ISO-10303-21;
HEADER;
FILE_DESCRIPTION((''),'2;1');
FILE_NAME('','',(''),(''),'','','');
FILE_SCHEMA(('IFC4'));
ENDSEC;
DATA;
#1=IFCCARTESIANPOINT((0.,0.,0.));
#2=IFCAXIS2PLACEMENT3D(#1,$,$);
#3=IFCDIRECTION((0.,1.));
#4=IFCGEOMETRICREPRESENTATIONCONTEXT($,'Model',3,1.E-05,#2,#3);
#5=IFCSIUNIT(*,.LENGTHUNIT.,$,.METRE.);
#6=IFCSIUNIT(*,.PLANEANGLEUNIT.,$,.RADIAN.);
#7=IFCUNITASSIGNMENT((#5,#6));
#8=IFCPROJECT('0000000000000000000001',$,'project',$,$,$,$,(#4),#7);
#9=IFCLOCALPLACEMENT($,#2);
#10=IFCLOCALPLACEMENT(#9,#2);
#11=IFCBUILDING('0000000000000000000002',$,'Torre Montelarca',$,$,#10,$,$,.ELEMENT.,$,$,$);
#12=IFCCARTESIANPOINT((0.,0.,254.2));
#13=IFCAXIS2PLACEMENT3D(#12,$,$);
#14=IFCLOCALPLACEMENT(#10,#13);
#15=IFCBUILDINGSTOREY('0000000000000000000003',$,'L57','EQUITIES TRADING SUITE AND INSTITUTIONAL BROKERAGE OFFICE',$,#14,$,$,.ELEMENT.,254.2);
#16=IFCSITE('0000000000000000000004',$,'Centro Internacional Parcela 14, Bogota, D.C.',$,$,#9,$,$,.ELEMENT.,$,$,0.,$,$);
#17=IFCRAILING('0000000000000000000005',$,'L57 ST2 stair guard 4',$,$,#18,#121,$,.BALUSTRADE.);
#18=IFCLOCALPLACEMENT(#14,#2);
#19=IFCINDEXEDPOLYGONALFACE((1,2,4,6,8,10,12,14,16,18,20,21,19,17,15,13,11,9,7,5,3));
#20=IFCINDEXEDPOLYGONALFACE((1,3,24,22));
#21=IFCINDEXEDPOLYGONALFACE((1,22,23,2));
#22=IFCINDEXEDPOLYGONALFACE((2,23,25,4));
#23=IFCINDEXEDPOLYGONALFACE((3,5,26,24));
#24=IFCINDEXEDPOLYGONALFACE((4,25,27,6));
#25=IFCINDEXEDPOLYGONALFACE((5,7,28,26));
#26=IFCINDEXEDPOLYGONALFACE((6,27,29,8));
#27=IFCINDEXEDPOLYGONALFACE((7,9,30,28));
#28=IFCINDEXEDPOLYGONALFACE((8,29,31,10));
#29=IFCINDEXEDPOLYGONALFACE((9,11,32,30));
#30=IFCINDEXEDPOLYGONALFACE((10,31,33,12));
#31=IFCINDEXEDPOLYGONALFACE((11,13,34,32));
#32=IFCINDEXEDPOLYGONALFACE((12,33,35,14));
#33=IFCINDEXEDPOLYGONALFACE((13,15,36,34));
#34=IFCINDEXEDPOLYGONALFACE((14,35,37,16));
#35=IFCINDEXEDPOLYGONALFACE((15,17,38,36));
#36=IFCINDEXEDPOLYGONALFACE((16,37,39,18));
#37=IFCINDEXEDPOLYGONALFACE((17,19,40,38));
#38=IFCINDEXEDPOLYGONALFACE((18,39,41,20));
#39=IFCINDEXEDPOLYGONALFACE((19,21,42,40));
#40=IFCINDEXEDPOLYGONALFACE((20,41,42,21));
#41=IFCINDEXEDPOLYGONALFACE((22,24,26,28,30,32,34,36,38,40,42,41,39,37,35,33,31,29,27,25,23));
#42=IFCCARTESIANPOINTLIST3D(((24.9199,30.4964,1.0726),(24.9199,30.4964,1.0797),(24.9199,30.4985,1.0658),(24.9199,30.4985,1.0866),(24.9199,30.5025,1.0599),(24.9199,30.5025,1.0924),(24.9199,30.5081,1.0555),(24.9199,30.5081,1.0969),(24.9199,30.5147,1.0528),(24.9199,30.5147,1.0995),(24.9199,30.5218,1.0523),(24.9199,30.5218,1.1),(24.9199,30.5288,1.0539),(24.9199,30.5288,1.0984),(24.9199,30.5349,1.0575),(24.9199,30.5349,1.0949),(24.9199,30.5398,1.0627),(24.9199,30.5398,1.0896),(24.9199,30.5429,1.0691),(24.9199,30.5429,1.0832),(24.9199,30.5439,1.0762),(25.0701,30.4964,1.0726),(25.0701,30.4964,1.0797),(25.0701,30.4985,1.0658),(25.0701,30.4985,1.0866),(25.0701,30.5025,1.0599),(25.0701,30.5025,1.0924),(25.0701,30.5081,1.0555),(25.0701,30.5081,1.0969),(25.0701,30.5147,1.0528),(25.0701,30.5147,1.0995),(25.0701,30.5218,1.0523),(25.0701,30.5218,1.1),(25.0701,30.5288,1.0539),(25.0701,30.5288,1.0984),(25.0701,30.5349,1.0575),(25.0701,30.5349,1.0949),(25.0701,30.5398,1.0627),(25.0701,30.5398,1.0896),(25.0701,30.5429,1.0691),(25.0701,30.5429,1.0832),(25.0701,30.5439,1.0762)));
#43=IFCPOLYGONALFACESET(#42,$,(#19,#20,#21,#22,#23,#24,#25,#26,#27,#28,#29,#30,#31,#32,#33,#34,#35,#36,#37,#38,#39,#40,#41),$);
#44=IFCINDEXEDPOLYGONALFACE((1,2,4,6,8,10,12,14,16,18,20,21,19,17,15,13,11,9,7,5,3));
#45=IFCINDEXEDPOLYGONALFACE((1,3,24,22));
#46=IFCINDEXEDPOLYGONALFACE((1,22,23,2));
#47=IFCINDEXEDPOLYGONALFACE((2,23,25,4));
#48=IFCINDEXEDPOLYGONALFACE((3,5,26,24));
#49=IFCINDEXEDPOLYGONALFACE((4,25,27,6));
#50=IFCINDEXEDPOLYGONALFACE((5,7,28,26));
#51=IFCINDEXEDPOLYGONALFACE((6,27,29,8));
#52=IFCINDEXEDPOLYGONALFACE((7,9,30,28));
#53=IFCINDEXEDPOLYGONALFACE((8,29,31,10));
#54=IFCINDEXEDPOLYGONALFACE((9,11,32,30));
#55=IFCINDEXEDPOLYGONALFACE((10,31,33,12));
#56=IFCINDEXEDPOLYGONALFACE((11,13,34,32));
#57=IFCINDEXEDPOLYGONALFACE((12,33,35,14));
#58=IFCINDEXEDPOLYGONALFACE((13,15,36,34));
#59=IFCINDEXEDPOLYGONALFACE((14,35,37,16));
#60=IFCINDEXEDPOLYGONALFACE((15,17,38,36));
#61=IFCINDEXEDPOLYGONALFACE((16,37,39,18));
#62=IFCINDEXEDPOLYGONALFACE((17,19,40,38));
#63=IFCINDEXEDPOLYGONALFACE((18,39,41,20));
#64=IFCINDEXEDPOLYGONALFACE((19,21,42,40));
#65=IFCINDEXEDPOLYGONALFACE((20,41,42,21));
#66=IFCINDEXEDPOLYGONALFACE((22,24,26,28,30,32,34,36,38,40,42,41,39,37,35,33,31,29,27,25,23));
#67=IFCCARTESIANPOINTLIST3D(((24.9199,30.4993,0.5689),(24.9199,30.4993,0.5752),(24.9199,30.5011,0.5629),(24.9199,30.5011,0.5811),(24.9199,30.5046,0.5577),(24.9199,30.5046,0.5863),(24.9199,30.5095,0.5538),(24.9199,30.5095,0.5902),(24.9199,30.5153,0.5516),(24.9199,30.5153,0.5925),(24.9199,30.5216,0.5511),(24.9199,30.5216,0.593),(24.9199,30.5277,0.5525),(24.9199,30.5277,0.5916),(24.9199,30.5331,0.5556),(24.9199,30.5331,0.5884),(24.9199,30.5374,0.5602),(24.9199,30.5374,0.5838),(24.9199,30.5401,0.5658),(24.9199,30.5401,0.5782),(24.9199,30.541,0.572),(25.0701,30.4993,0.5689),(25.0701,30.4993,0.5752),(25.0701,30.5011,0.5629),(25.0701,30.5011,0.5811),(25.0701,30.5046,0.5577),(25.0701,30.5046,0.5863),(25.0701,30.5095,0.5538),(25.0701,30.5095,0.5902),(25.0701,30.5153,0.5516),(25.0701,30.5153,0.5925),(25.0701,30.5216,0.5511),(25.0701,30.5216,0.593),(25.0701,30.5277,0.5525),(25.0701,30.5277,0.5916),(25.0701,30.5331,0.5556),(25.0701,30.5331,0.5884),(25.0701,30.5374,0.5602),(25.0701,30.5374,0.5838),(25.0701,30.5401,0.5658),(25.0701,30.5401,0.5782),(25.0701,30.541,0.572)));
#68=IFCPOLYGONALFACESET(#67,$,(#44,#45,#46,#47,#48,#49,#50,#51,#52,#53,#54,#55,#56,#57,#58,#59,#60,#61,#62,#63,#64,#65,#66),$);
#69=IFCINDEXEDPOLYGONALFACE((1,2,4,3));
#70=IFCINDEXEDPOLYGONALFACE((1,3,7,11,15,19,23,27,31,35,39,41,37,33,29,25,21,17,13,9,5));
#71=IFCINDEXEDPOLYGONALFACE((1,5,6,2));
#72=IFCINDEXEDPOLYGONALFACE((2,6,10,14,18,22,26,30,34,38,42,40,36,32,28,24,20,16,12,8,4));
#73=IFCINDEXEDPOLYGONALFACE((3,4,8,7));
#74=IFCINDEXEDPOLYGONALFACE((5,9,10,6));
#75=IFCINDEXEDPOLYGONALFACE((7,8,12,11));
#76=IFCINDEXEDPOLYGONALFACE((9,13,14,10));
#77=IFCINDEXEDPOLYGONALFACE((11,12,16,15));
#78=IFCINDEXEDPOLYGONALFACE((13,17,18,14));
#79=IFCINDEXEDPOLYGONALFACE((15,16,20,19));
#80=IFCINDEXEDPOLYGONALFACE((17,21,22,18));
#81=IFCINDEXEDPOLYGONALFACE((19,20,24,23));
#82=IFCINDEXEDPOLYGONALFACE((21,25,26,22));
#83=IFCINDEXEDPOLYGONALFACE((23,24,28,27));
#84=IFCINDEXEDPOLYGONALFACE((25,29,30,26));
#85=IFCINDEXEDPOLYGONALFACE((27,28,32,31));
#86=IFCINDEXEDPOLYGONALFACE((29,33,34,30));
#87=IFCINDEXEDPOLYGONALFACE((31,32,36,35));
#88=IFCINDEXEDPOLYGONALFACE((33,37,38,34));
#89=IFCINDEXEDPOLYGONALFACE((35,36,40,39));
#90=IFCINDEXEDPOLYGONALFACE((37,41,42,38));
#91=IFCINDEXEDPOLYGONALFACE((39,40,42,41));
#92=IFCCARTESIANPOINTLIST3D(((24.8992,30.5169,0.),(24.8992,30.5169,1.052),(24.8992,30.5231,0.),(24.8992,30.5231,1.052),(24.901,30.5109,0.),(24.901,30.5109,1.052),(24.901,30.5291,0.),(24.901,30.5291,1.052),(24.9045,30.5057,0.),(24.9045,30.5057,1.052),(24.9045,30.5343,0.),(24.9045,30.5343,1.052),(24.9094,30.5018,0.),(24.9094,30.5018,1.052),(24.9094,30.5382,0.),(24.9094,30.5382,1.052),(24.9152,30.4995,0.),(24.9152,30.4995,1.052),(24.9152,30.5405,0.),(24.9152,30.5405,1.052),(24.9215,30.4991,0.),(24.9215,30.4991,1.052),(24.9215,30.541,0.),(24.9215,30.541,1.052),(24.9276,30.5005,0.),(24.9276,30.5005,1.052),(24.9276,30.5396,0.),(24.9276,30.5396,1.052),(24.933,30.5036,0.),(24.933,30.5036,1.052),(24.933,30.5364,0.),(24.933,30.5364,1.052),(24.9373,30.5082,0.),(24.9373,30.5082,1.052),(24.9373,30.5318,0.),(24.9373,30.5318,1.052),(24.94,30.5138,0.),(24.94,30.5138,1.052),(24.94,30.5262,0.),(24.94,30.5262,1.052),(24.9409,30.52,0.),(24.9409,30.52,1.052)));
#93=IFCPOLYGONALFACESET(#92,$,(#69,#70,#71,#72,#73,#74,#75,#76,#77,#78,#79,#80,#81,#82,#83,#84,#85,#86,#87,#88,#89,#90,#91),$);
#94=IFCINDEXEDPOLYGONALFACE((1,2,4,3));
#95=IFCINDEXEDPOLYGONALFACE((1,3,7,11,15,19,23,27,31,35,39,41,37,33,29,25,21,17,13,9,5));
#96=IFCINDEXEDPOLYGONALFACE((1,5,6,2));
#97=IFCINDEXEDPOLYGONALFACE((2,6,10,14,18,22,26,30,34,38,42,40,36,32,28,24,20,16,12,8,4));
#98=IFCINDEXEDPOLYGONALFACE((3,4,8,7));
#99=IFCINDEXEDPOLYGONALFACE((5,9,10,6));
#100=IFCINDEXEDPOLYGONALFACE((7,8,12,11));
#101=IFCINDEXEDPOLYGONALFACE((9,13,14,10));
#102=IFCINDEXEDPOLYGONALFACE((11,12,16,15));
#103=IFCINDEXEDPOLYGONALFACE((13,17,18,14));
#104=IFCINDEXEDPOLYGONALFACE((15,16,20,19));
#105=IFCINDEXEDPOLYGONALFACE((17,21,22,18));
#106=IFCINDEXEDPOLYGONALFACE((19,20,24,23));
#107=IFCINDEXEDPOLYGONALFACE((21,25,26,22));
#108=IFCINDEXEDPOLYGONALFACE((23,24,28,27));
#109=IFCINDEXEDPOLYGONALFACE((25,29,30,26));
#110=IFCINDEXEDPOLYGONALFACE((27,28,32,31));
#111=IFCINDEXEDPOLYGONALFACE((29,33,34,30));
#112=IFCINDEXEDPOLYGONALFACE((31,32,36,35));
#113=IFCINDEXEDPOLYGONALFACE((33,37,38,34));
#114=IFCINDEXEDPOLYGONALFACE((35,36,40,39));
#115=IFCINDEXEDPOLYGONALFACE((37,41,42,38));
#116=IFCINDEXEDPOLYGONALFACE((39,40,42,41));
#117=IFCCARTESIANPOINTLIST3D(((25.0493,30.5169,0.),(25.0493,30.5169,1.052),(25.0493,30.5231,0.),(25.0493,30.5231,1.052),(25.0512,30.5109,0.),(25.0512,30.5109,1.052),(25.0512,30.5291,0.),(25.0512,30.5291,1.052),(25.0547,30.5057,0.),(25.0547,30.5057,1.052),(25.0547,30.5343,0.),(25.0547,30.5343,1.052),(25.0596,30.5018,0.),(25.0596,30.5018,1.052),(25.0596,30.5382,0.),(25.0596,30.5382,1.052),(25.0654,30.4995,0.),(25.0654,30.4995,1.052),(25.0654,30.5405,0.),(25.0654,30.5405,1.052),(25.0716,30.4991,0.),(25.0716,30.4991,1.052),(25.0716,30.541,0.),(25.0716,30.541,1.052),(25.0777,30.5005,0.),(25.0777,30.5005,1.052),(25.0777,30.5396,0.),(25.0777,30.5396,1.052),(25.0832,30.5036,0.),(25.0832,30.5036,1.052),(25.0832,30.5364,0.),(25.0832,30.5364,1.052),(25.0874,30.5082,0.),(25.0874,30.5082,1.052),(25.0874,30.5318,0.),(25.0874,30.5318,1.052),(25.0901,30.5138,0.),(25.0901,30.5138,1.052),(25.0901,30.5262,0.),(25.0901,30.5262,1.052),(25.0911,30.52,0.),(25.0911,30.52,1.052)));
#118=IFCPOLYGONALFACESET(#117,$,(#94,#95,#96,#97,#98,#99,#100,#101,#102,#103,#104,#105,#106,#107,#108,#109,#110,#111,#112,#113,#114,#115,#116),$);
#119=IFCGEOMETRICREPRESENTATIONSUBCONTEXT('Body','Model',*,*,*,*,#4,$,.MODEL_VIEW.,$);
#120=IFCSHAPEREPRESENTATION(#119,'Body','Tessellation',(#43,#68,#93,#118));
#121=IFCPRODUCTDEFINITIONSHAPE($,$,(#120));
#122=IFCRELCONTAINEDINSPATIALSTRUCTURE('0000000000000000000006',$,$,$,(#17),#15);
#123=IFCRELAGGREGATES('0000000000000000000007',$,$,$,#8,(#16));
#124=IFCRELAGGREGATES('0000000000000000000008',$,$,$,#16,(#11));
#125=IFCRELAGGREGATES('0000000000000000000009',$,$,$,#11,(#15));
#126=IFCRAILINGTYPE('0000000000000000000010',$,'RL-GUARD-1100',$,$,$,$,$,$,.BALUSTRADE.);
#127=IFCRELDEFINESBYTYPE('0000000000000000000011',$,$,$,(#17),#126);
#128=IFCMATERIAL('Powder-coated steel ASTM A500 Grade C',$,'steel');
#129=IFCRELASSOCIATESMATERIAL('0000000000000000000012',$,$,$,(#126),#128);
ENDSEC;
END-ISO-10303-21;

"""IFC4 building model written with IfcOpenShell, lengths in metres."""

from ifc_helpers import new_model, si_unit, direction, frame, origin, origin_2d, place, context, subcontext, project, spatial, circle, extrude, material, type_object, element, save


model = new_model("IFC4")

# Units and contexts
model_context = context("Model", 3, precision=1e-05, world=origin(), true_north=direction((0.0, 1.0)))
body_context = subcontext(model_context, "Body", "Model", "MODEL_VIEW")
ifc_project = project(units=[si_unit("LENGTHUNIT", "METRE"), si_unit("PLANEANGLEUNIT", "RADIAN")], contexts=[model_context])

# Site, building, storey
site_placement = place(None, origin())
site = spatial("IfcSite", under=ifc_project, at=site_placement, Name="Centro Internacional Parcela 14, Bogota, D.C.", CompositionType="ELEMENT", RefElevation=0.0)
building_placement = place(site_placement, origin())
building = spatial("IfcBuilding", under=site, at=building_placement, Name="Torre Montelarca", CompositionType="ELEMENT")
storey_placement = place(building_placement, frame((0.0, 0.0, 254.2)))
storey = spatial("IfcBuildingStorey", under=building, at=storey_placement, Name="L57", Description="EQUITIES TRADING SUITE AND INSTITUTIONAL BROKERAGE OFFICE", CompositionType="ELEMENT", Elevation=254.2)

# Railing
ifc_material_1 = material(Name="Powder-coated steel ASTM A500 Grade C", Category="steel")
railing_type_1 = type_object("IfcRailingType", Name="RL-GUARD-1100", PredefinedType="BALUSTRADE", material=ifc_material_1)
railing_1_placement = place(storey_placement, frame((24.9199, 30.52, 0.0)))
element("IfcRailing", 1, at=railing_1_placement, inside=storey, type_object=railing_type_1, Name="L57 ST2 stair guard 4", PredefinedType="BALUSTRADE", context=body_context, shape_type="SweptSolid", body=[
    extrude(circle(Radius=0.0239, at=origin_2d()), frame((0.0, 0.0, 1.0762), z_axis=(1.0, 0.0, 0.0), x_axis=(0.0, 1.0, 0.0)), (0.0, 0.0, 1.0), 0.1501),
    extrude(circle(Radius=0.021, at=origin_2d()), frame((0.0, 0.0, 0.572), z_axis=(1.0, 0.0, 0.0), x_axis=(0.0, 1.0, 0.0)), (0.0, 0.0, 1.0), 0.1501),
    extrude(circle(Radius=0.021, at=origin_2d()), origin(), (0.0, 0.0, 1.0), 1.052),
    extrude(circle(Radius=0.021, at=origin_2d()), frame((0.1501, 0.0, 0.0)), (0.0, 0.0, 1.0), 1.052),
])

save(model, "model.ifc")
